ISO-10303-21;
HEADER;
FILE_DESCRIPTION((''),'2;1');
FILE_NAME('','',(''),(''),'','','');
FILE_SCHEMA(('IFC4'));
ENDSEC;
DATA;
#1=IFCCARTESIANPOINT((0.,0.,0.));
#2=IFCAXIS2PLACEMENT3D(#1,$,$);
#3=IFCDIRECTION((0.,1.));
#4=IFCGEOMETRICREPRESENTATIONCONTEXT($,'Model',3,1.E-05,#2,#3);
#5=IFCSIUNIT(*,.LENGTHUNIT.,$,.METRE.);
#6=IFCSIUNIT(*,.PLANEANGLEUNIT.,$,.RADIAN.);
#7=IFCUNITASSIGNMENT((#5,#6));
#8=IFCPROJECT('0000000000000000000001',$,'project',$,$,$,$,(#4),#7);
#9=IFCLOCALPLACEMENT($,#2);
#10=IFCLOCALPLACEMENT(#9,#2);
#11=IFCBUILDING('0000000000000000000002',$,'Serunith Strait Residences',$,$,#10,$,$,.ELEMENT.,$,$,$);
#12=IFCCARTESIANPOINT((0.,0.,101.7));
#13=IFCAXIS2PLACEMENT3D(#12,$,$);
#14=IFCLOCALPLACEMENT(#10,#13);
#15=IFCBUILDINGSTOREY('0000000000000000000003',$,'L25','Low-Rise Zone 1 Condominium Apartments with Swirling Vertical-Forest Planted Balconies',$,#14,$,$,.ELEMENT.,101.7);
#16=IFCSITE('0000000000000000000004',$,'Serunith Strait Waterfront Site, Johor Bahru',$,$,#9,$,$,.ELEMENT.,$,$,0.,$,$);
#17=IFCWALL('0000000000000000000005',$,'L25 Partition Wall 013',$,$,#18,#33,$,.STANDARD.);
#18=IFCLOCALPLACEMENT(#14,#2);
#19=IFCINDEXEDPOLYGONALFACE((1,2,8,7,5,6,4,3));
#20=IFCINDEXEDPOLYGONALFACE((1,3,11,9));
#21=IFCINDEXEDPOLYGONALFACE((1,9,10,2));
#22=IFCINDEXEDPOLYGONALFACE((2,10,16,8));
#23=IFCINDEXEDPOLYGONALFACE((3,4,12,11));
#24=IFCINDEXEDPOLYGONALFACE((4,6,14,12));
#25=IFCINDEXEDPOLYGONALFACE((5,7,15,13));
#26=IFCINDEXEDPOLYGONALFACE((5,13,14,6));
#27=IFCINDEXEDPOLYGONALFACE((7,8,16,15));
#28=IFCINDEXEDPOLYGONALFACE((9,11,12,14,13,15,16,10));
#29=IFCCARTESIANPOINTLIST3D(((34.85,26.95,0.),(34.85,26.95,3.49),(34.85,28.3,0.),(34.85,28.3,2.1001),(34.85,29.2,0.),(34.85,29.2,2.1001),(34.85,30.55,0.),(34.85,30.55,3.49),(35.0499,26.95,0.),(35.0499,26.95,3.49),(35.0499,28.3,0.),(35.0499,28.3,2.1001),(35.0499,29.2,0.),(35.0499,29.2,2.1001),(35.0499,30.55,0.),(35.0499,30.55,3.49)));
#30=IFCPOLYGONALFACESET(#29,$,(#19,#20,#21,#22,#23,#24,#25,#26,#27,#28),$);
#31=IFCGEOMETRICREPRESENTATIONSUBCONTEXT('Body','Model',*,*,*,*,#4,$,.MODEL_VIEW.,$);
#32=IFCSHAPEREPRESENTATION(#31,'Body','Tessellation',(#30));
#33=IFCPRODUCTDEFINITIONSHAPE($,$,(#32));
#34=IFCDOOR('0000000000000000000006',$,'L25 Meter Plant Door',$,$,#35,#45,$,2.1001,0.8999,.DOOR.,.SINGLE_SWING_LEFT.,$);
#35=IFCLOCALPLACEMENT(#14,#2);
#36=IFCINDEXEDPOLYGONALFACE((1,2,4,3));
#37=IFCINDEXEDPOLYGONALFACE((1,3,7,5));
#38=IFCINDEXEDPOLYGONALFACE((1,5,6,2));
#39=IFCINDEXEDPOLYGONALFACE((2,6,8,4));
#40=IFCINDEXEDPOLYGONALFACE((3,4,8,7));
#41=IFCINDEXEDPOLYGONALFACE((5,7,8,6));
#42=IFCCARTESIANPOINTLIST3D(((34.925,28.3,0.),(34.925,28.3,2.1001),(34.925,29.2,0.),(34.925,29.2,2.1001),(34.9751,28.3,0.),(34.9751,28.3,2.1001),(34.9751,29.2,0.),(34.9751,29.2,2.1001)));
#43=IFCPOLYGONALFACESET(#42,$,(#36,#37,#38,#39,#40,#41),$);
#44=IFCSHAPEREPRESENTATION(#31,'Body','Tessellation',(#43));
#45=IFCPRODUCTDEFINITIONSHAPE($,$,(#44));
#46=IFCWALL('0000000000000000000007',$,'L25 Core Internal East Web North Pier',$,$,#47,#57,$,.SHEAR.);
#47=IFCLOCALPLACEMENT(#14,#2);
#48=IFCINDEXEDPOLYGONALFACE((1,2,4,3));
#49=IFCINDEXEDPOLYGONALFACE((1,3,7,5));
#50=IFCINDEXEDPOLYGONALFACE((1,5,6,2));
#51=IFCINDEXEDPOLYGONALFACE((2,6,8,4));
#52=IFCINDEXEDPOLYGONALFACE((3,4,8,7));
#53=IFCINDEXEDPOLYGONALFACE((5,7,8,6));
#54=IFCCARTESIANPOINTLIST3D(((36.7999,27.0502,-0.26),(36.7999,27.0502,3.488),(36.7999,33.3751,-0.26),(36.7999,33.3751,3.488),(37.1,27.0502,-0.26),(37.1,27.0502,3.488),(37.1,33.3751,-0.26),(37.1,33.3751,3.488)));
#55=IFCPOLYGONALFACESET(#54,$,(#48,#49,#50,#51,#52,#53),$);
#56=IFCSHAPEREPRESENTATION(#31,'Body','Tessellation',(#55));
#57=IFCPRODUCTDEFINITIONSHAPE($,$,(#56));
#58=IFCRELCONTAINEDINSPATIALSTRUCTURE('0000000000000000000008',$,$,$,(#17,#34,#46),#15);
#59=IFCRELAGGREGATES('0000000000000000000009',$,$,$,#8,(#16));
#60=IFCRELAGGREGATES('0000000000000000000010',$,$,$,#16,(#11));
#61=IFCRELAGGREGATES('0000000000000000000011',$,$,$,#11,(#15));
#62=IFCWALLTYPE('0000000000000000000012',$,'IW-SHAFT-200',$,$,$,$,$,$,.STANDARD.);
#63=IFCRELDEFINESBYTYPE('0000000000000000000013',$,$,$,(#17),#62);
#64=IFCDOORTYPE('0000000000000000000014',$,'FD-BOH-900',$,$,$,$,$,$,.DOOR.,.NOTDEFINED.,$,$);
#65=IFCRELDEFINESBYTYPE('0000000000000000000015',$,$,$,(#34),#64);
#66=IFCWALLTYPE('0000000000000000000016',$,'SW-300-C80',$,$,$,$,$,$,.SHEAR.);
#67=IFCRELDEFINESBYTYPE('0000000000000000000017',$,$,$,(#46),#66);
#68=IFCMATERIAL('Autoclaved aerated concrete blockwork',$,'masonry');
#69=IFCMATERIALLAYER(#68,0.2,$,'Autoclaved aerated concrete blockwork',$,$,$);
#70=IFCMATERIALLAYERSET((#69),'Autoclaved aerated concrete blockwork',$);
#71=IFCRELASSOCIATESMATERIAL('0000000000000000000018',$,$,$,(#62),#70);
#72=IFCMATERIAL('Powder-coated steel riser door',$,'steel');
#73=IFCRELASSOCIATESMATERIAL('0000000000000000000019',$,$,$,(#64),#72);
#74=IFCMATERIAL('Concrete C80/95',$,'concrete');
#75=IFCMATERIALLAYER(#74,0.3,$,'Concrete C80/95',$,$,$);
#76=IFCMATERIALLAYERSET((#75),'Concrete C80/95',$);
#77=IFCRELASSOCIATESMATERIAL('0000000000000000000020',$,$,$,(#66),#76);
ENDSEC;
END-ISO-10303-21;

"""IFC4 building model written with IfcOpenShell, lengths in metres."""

from ifc_helpers import new_model, si_unit, direction, frame, frame_2d, origin, place, context, subcontext, project, spatial, rectangle, extrude, source, transform, mapped, material, layer, layer_set, type_object, element, fill, save


model = new_model("IFC4")

# Units and contexts
model_context = context("Model", 3, precision=1e-05, world=origin(), true_north=direction((0.0, 1.0)))
body_context = subcontext(model_context, "Body", "Model", "MODEL_VIEW")
ifc_project = project(units=[si_unit("LENGTHUNIT", "METRE"), si_unit("PLANEANGLEUNIT", "RADIAN")], contexts=[model_context])

# Site, building, storey
site_placement = place(None, origin())
site = spatial("IfcSite", under=ifc_project, at=site_placement, Name="Serunith Strait Waterfront Site, Johor Bahru", CompositionType="ELEMENT", RefElevation=0.0)
building_placement = place(site_placement, origin())
building = spatial("IfcBuilding", under=site, at=building_placement, Name="Serunith Strait Residences", CompositionType="ELEMENT")
storey_placement = place(building_placement, frame((0.0, 0.0, 101.7)))
storey = spatial("IfcBuildingStorey", under=building, at=storey_placement, Name="L25", Description="Low-Rise Zone 1 Condominium Apartments with Swirling Vertical-Forest Planted Balconies", CompositionType="ELEMENT", Elevation=101.7)

# Shared definitions
ifc_material_1 = material(Name="Autoclaved aerated concrete blockwork", Category="masonry")
ifc_layer_1 = layer(ifc_material_1, 0.2, Name="Autoclaved aerated concrete blockwork")
ifc_layer_set_1 = layer_set([ifc_layer_1], Name="Autoclaved aerated concrete blockwork")
wall_type_1 = type_object("IfcWallType", Name="IW-SHAFT-200", PredefinedType="STANDARD", material=ifc_layer_set_1)

# Wall, opening, door
wall_1_placement = place(storey_placement, frame((34.95, 26.95, 0.0), z_axis=(0.0, 0.0, 1.0), x_axis=(0.0, 1.0, 0.0)))
wall_1 = element("IfcWall", 1, at=wall_1_placement, inside=storey, type_object=wall_type_1, Name="L25 Partition Wall 013", PredefinedType="STANDARD", context=body_context, shape_type="SweptSolid", body=[
    extrude(rectangle(XDim=3.6001, YDim=0.2, at=frame_2d((1.8, 0.0))), origin(), (0.0, 0.0, 1.0), 3.49),
])
opening_1_placement = place(wall_1_placement, frame((1.3501, 0.0, 0.0)))
opening_1 = element("IfcOpeningElement", 2, at=opening_1_placement, cuts=wall_1, PredefinedType="OPENING", context=body_context, shape_type="SweptSolid", body=[
    extrude(rectangle(XDim=0.8999, YDim=2.1001, at=frame_2d((0.45, 1.05))), frame((0.0, 0.1099, 0.0), z_axis=(0.0, -1.0, 0.0), x_axis=(1.0, 0.0, 0.0)), (0.0, 0.0, 1.0), 0.22),
])
ifc_material_2 = material(Name="Powder-coated steel riser door", Category="steel")
door_type_1 = type_object("IfcDoorType", Name="FD-BOH-900", OperationType="NOTDEFINED", PredefinedType="DOOR", material=ifc_material_2)
shared_shape_1 = source(origin(), body_context, "Body", "SweptSolid", [
    extrude(rectangle(XDim=0.8999, YDim=2.1001, at=frame_2d((0.45, 1.05))), frame((0.0, 0.0249, 0.0), z_axis=(0.0, -1.0, 0.0), x_axis=(1.0, 0.0, 0.0)), (0.0, 0.0, 1.0), 0.05),
])
door_1_placement = place(opening_1_placement, origin())
door_1 = element("IfcDoor", 3, at=door_1_placement, inside=storey, type_object=door_type_1, Name="L25 Meter Plant Door", OperationType="SINGLE_SWING_LEFT", OverallHeight=2.1001, OverallWidth=0.8999, PredefinedType="DOOR", context=body_context, shape_type="MappedRepresentation", body=[
    mapped(shared_shape_1, transform((0.0, 0.0, 0.0), scale=1.0)),
])
fill(opening_1, door_1)

# Wall
ifc_material_3 = material(Name="Concrete C80/95", Category="concrete")
ifc_layer_2 = layer(ifc_material_3, 0.3, Name="Concrete C80/95")
ifc_layer_set_2 = layer_set([ifc_layer_2], Name="Concrete C80/95")
wall_type_2 = type_object("IfcWallType", Name="SW-300-C80", PredefinedType="SHEAR", material=ifc_layer_set_2)
wall_2_placement = place(storey_placement, frame((36.95, 27.05, -0.26), z_axis=(0.0, 0.0, 1.0), x_axis=(0.0, 1.0, 0.0)))
element("IfcWall", 4, at=wall_2_placement, inside=storey, type_object=wall_type_2, Name="L25 Core Internal East Web North Pier", PredefinedType="SHEAR", context=body_context, shape_type="SweptSolid", body=[
    extrude(rectangle(XDim=6.325, YDim=0.3, at=frame_2d((3.1626, 0.0))), origin(), (0.0, 0.0, 1.0), 3.748),
])

save(model, "model.ifc")
